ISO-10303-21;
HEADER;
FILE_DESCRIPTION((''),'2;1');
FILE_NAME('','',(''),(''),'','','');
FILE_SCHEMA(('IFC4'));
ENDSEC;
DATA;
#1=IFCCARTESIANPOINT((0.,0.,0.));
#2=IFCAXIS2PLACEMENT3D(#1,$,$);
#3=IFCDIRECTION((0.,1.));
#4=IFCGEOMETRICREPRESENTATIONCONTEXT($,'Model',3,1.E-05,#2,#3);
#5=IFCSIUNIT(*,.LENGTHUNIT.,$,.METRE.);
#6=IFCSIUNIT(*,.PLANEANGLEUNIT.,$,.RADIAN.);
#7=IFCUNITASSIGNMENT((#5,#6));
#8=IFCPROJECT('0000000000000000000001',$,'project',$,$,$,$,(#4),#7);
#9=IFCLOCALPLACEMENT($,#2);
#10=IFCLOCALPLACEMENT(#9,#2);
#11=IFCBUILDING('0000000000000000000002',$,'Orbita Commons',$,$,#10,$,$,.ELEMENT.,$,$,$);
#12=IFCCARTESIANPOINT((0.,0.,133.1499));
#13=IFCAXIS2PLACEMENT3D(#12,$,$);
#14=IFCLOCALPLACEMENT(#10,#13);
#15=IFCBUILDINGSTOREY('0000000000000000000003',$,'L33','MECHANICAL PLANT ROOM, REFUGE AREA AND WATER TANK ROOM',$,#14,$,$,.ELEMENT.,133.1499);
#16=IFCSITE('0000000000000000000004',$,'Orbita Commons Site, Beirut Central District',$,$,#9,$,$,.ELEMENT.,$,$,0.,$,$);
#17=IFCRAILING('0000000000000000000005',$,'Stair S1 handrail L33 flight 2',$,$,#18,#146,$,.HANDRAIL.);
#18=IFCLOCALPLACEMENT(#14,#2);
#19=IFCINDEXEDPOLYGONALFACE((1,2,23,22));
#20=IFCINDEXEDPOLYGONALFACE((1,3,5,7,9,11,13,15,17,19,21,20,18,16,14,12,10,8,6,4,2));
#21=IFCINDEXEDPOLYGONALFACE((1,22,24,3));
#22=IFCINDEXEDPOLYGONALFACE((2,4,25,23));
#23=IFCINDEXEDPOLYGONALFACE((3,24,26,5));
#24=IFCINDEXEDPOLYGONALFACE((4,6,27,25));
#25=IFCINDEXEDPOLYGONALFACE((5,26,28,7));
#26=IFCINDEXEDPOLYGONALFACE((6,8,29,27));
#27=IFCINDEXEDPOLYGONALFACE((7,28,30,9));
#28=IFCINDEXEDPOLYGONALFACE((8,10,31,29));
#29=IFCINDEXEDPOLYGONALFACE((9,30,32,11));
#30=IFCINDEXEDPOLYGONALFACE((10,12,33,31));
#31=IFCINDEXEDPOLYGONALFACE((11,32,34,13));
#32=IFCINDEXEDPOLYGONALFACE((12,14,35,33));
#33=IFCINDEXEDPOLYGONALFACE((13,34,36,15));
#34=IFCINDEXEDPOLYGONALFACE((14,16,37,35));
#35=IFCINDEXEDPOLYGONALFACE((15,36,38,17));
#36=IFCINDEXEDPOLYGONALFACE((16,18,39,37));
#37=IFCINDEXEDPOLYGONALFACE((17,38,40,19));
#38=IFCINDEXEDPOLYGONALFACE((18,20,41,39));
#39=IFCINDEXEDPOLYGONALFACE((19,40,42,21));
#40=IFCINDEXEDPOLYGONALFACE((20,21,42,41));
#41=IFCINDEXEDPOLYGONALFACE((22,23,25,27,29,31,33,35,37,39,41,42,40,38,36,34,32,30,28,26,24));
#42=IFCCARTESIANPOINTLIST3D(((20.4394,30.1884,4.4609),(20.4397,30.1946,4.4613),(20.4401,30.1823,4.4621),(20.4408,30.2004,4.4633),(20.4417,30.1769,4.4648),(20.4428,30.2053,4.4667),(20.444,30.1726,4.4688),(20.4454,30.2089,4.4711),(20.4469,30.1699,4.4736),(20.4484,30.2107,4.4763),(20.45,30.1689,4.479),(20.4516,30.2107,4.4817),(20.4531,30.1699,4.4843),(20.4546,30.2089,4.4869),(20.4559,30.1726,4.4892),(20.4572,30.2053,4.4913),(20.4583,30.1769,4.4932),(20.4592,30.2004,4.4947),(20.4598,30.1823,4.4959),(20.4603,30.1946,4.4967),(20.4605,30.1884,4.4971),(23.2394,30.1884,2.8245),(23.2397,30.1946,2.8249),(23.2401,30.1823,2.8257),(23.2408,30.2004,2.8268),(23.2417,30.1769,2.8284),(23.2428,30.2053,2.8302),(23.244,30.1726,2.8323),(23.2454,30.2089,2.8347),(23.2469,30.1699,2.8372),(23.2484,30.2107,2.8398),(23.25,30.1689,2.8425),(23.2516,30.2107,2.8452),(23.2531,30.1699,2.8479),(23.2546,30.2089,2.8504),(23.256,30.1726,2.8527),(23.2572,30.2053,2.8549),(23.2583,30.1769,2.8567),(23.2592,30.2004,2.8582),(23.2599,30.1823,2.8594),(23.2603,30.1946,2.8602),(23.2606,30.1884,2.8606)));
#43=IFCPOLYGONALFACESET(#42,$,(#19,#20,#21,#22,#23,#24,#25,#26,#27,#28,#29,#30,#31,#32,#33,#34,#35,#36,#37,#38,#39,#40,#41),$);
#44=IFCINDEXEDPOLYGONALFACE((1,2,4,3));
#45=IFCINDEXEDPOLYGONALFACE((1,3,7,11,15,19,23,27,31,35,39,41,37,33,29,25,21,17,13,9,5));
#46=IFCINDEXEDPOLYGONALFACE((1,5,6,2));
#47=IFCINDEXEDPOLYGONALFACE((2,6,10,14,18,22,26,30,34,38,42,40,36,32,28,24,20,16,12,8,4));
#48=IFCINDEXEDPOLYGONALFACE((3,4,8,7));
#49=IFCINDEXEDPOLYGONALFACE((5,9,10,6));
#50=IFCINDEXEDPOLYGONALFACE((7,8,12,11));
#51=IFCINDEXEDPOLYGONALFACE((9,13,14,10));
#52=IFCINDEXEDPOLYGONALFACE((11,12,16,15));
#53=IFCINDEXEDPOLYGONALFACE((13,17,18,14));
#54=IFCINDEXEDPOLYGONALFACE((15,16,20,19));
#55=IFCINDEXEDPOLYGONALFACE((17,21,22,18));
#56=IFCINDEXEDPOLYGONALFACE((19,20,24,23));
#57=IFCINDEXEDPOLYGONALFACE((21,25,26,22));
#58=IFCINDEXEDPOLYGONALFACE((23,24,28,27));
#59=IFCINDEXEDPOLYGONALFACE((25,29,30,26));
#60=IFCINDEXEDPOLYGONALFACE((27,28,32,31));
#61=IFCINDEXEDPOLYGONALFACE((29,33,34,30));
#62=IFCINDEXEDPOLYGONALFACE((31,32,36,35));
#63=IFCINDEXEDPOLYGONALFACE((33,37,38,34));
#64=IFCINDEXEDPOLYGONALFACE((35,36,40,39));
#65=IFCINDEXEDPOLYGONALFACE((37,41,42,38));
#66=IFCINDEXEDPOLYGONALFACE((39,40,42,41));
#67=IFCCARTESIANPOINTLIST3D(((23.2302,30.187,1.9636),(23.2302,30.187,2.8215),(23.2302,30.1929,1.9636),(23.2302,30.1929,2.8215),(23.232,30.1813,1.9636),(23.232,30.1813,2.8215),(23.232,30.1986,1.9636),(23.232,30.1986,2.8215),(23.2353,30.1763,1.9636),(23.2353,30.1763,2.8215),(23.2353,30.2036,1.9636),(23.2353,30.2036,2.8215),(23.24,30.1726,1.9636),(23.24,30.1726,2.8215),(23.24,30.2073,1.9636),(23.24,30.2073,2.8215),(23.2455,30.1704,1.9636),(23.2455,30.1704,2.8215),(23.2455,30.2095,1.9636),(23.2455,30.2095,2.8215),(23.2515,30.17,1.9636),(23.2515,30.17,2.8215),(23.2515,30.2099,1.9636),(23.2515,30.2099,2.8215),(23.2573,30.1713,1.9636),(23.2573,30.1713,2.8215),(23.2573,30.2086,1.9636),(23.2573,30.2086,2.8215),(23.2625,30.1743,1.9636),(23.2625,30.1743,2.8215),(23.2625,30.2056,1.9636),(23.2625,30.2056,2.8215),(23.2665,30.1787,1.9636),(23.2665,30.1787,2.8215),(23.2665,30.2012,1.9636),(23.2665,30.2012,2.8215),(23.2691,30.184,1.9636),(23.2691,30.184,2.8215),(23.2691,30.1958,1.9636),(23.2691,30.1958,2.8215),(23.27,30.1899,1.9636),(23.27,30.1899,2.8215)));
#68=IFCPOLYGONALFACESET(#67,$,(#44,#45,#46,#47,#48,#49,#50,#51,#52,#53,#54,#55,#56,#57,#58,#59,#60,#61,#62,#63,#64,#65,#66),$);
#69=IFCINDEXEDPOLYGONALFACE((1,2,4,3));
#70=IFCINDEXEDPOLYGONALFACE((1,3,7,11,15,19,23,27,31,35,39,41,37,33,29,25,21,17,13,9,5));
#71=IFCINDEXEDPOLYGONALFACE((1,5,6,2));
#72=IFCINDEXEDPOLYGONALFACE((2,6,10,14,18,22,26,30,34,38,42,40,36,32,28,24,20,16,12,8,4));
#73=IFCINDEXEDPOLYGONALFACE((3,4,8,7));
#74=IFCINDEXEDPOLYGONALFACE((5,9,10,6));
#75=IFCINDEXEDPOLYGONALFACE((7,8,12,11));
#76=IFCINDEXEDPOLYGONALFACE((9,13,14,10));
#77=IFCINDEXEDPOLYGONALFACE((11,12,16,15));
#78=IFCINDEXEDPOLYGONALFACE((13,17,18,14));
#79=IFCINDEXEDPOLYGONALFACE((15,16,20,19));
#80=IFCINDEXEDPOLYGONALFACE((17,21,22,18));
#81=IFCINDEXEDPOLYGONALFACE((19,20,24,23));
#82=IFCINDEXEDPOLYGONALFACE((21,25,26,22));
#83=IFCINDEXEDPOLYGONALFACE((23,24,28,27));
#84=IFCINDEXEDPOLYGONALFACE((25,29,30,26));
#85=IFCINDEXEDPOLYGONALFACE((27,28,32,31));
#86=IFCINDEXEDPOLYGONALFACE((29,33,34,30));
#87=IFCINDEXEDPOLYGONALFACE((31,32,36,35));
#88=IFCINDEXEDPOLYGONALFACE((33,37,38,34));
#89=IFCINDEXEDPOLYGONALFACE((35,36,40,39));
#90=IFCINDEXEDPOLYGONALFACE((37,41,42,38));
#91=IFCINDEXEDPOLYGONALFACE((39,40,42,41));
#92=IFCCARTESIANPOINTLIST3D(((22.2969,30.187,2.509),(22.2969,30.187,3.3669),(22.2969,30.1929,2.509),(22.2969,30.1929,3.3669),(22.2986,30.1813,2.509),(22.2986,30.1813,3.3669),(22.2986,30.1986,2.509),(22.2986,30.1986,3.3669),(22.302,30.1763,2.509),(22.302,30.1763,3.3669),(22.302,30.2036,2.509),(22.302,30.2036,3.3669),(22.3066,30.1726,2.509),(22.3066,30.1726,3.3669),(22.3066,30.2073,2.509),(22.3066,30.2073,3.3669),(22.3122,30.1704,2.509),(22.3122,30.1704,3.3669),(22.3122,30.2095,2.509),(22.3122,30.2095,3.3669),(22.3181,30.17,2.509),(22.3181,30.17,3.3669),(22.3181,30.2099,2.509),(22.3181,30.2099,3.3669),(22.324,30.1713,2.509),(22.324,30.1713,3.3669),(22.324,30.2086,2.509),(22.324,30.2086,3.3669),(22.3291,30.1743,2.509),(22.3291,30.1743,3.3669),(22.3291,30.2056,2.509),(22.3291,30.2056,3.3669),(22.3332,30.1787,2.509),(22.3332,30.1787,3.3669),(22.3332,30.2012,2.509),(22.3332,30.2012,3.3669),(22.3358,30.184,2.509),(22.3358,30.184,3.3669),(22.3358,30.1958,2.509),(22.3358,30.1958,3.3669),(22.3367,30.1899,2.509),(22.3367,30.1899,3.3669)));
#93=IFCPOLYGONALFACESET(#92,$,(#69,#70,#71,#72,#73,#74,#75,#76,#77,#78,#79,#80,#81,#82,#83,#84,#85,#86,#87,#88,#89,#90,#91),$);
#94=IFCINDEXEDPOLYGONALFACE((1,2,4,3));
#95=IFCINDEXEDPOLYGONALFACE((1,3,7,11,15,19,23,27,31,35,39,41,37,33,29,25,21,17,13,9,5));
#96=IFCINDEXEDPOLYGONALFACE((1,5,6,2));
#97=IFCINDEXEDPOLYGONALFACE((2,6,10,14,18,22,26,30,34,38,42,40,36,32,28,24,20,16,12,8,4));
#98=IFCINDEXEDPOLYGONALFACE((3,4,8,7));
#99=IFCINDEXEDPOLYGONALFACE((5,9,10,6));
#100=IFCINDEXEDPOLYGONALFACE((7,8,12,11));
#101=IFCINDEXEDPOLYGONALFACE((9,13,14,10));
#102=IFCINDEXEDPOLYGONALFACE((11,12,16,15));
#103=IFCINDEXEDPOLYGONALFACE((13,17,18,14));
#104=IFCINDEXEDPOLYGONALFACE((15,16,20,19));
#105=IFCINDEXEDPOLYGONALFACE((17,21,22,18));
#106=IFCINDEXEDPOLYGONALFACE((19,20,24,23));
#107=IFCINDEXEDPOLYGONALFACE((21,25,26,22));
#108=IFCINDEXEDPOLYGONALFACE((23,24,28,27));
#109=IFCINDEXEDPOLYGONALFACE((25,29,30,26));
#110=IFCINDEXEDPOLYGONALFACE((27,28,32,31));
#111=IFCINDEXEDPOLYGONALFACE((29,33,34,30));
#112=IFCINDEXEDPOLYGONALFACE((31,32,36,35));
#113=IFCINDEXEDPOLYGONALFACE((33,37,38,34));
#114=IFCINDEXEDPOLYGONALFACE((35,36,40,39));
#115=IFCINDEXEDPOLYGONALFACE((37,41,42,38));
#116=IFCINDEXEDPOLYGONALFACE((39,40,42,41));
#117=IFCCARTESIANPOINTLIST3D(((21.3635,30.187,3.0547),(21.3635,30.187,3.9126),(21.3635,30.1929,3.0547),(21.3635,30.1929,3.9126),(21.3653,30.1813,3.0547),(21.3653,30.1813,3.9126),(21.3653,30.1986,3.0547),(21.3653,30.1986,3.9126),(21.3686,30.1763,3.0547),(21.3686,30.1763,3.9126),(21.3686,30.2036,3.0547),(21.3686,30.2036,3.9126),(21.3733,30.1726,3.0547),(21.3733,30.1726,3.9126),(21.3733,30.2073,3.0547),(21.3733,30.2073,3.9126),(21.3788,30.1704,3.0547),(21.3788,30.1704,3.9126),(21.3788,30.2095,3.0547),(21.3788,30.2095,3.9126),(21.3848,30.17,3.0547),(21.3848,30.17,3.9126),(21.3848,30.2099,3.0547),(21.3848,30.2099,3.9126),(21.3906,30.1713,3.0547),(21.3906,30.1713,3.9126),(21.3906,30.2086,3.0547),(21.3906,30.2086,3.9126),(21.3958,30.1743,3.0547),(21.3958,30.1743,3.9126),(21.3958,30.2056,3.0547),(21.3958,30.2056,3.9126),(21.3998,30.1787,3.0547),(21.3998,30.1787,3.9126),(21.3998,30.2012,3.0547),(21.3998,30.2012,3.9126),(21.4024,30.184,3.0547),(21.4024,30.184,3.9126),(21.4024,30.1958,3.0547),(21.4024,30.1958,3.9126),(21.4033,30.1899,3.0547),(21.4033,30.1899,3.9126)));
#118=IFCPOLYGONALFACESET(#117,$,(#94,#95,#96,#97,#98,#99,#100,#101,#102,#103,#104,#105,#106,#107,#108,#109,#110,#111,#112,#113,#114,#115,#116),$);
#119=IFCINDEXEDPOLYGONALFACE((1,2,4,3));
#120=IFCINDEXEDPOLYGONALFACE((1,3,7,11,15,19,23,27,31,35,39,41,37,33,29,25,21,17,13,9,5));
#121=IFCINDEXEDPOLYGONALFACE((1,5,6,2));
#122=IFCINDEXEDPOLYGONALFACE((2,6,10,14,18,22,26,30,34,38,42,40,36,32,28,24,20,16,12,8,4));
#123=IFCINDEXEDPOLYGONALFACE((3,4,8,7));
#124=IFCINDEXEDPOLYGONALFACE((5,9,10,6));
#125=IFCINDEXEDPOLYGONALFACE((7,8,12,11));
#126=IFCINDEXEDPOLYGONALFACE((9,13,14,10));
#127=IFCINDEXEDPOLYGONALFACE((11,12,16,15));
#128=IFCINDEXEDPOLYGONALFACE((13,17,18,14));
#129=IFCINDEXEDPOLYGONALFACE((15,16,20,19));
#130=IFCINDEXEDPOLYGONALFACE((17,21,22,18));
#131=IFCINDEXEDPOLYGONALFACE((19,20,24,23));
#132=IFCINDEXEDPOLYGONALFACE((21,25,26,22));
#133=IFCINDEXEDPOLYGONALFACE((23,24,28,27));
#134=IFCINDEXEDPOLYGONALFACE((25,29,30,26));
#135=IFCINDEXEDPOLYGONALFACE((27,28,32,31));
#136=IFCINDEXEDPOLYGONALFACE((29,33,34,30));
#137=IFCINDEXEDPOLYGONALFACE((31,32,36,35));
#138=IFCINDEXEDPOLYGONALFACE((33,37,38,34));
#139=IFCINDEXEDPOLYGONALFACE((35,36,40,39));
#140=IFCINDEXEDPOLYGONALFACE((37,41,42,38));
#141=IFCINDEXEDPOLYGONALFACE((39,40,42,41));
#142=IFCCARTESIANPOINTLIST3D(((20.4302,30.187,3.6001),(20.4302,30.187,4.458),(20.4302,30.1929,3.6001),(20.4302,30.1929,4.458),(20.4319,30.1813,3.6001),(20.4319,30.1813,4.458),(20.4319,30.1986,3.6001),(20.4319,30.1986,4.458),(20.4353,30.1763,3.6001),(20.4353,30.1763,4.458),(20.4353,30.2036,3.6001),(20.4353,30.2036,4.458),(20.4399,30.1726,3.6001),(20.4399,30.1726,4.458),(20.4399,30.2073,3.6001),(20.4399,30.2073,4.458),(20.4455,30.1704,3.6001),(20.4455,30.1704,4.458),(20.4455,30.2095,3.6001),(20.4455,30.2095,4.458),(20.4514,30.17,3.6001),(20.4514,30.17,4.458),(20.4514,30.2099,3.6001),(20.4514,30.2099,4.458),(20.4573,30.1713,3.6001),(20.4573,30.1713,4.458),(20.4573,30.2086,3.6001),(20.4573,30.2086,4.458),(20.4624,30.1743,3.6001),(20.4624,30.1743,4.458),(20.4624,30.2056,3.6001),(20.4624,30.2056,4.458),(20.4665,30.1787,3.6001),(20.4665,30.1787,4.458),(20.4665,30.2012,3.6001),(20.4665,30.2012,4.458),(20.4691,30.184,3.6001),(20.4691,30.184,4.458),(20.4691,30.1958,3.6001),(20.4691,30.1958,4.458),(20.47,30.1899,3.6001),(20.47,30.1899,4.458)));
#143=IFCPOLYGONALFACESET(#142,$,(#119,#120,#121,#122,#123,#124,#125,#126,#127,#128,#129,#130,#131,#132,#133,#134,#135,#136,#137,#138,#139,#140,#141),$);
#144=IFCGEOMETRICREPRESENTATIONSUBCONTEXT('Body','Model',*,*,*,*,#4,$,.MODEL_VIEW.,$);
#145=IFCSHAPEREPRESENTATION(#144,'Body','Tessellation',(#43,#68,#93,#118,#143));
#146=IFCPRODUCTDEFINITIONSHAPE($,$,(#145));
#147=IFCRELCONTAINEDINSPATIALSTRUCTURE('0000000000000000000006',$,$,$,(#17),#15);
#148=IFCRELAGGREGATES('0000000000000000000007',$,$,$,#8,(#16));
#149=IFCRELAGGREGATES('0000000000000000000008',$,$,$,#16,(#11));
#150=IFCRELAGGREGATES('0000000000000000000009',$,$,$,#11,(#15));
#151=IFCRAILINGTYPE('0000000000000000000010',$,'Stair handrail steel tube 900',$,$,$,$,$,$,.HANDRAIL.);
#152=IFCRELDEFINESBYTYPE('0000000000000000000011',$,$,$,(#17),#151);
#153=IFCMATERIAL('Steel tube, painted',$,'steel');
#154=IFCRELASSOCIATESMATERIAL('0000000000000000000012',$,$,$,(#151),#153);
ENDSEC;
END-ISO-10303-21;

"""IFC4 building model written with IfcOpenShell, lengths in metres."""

from ifc_helpers import new_model, si_unit, direction, frame, origin, origin_2d, place, context, subcontext, project, spatial, circle, extrude, material, type_object, element, save


model = new_model("IFC4")

# Units and contexts
model_context = context("Model", 3, precision=1e-05, world=origin(), true_north=direction((0.0, 1.0)))
body_context = subcontext(model_context, "Body", "Model", "MODEL_VIEW")
ifc_project = project(units=[si_unit("LENGTHUNIT", "METRE"), si_unit("PLANEANGLEUNIT", "RADIAN")], contexts=[model_context])

# Site, building, storey
site_placement = place(None, origin())
site = spatial("IfcSite", under=ifc_project, at=site_placement, Name="Orbita Commons Site, Beirut Central District", CompositionType="ELEMENT", RefElevation=0.0)
building_placement = place(site_placement, origin())
building = spatial("IfcBuilding", under=site, at=building_placement, Name="Orbita Commons", CompositionType="ELEMENT")
storey_placement = place(building_placement, frame((0.0, 0.0, 133.1499)))
storey = spatial("IfcBuildingStorey", under=building, at=storey_placement, Name="L33", Description="MECHANICAL PLANT ROOM, REFUGE AREA AND WATER TANK ROOM", CompositionType="ELEMENT", Elevation=133.1499)

# Railing
ifc_material_1 = material(Name="Steel tube, painted", Category="steel")
railing_type = type_object("IfcRailingType", Name="Stair handrail steel tube 900", PredefinedType="HANDRAIL", material=ifc_material_1)
for number, where, name in (
    (1, (23.25, 30.1899, 1.9636), "Stair S1 handrail L33 flight 2"),
):
    element("IfcRailing", number, at=place(storey_placement, frame(where)), inside=storey, type_object=railing_type, Name=name, PredefinedType="HANDRAIL", context=body_context, shape_type="SweptSolid", body=[
        extrude(circle(Radius=0.021, at=origin_2d()), frame((0.0, 0.0, 0.8789), z_axis=(-0.863361, 0.0, 0.504587), x_axis=(0.0, -1.0, 0.0)), (0.0, 0.0, 1.0), 3.2432),
        extrude(circle(Radius=0.02, at=origin_2d()), origin(), (0.0, 0.0, 1.0), 0.8579),
        extrude(circle(Radius=0.02, at=origin_2d()), frame((-0.9333, 0.0, 0.5454)), (0.0, 0.0, 1.0), 0.8579),
        extrude(circle(Radius=0.02, at=origin_2d()), frame((-1.8667, 0.0, 1.0911)), (0.0, 0.0, 1.0), 0.8579),
        extrude(circle(Radius=0.02, at=origin_2d()), frame((-2.8, 0.0, 1.6365)), (0.0, 0.0, 1.0), 0.8579),
    ])

save(model, "model.ifc")
